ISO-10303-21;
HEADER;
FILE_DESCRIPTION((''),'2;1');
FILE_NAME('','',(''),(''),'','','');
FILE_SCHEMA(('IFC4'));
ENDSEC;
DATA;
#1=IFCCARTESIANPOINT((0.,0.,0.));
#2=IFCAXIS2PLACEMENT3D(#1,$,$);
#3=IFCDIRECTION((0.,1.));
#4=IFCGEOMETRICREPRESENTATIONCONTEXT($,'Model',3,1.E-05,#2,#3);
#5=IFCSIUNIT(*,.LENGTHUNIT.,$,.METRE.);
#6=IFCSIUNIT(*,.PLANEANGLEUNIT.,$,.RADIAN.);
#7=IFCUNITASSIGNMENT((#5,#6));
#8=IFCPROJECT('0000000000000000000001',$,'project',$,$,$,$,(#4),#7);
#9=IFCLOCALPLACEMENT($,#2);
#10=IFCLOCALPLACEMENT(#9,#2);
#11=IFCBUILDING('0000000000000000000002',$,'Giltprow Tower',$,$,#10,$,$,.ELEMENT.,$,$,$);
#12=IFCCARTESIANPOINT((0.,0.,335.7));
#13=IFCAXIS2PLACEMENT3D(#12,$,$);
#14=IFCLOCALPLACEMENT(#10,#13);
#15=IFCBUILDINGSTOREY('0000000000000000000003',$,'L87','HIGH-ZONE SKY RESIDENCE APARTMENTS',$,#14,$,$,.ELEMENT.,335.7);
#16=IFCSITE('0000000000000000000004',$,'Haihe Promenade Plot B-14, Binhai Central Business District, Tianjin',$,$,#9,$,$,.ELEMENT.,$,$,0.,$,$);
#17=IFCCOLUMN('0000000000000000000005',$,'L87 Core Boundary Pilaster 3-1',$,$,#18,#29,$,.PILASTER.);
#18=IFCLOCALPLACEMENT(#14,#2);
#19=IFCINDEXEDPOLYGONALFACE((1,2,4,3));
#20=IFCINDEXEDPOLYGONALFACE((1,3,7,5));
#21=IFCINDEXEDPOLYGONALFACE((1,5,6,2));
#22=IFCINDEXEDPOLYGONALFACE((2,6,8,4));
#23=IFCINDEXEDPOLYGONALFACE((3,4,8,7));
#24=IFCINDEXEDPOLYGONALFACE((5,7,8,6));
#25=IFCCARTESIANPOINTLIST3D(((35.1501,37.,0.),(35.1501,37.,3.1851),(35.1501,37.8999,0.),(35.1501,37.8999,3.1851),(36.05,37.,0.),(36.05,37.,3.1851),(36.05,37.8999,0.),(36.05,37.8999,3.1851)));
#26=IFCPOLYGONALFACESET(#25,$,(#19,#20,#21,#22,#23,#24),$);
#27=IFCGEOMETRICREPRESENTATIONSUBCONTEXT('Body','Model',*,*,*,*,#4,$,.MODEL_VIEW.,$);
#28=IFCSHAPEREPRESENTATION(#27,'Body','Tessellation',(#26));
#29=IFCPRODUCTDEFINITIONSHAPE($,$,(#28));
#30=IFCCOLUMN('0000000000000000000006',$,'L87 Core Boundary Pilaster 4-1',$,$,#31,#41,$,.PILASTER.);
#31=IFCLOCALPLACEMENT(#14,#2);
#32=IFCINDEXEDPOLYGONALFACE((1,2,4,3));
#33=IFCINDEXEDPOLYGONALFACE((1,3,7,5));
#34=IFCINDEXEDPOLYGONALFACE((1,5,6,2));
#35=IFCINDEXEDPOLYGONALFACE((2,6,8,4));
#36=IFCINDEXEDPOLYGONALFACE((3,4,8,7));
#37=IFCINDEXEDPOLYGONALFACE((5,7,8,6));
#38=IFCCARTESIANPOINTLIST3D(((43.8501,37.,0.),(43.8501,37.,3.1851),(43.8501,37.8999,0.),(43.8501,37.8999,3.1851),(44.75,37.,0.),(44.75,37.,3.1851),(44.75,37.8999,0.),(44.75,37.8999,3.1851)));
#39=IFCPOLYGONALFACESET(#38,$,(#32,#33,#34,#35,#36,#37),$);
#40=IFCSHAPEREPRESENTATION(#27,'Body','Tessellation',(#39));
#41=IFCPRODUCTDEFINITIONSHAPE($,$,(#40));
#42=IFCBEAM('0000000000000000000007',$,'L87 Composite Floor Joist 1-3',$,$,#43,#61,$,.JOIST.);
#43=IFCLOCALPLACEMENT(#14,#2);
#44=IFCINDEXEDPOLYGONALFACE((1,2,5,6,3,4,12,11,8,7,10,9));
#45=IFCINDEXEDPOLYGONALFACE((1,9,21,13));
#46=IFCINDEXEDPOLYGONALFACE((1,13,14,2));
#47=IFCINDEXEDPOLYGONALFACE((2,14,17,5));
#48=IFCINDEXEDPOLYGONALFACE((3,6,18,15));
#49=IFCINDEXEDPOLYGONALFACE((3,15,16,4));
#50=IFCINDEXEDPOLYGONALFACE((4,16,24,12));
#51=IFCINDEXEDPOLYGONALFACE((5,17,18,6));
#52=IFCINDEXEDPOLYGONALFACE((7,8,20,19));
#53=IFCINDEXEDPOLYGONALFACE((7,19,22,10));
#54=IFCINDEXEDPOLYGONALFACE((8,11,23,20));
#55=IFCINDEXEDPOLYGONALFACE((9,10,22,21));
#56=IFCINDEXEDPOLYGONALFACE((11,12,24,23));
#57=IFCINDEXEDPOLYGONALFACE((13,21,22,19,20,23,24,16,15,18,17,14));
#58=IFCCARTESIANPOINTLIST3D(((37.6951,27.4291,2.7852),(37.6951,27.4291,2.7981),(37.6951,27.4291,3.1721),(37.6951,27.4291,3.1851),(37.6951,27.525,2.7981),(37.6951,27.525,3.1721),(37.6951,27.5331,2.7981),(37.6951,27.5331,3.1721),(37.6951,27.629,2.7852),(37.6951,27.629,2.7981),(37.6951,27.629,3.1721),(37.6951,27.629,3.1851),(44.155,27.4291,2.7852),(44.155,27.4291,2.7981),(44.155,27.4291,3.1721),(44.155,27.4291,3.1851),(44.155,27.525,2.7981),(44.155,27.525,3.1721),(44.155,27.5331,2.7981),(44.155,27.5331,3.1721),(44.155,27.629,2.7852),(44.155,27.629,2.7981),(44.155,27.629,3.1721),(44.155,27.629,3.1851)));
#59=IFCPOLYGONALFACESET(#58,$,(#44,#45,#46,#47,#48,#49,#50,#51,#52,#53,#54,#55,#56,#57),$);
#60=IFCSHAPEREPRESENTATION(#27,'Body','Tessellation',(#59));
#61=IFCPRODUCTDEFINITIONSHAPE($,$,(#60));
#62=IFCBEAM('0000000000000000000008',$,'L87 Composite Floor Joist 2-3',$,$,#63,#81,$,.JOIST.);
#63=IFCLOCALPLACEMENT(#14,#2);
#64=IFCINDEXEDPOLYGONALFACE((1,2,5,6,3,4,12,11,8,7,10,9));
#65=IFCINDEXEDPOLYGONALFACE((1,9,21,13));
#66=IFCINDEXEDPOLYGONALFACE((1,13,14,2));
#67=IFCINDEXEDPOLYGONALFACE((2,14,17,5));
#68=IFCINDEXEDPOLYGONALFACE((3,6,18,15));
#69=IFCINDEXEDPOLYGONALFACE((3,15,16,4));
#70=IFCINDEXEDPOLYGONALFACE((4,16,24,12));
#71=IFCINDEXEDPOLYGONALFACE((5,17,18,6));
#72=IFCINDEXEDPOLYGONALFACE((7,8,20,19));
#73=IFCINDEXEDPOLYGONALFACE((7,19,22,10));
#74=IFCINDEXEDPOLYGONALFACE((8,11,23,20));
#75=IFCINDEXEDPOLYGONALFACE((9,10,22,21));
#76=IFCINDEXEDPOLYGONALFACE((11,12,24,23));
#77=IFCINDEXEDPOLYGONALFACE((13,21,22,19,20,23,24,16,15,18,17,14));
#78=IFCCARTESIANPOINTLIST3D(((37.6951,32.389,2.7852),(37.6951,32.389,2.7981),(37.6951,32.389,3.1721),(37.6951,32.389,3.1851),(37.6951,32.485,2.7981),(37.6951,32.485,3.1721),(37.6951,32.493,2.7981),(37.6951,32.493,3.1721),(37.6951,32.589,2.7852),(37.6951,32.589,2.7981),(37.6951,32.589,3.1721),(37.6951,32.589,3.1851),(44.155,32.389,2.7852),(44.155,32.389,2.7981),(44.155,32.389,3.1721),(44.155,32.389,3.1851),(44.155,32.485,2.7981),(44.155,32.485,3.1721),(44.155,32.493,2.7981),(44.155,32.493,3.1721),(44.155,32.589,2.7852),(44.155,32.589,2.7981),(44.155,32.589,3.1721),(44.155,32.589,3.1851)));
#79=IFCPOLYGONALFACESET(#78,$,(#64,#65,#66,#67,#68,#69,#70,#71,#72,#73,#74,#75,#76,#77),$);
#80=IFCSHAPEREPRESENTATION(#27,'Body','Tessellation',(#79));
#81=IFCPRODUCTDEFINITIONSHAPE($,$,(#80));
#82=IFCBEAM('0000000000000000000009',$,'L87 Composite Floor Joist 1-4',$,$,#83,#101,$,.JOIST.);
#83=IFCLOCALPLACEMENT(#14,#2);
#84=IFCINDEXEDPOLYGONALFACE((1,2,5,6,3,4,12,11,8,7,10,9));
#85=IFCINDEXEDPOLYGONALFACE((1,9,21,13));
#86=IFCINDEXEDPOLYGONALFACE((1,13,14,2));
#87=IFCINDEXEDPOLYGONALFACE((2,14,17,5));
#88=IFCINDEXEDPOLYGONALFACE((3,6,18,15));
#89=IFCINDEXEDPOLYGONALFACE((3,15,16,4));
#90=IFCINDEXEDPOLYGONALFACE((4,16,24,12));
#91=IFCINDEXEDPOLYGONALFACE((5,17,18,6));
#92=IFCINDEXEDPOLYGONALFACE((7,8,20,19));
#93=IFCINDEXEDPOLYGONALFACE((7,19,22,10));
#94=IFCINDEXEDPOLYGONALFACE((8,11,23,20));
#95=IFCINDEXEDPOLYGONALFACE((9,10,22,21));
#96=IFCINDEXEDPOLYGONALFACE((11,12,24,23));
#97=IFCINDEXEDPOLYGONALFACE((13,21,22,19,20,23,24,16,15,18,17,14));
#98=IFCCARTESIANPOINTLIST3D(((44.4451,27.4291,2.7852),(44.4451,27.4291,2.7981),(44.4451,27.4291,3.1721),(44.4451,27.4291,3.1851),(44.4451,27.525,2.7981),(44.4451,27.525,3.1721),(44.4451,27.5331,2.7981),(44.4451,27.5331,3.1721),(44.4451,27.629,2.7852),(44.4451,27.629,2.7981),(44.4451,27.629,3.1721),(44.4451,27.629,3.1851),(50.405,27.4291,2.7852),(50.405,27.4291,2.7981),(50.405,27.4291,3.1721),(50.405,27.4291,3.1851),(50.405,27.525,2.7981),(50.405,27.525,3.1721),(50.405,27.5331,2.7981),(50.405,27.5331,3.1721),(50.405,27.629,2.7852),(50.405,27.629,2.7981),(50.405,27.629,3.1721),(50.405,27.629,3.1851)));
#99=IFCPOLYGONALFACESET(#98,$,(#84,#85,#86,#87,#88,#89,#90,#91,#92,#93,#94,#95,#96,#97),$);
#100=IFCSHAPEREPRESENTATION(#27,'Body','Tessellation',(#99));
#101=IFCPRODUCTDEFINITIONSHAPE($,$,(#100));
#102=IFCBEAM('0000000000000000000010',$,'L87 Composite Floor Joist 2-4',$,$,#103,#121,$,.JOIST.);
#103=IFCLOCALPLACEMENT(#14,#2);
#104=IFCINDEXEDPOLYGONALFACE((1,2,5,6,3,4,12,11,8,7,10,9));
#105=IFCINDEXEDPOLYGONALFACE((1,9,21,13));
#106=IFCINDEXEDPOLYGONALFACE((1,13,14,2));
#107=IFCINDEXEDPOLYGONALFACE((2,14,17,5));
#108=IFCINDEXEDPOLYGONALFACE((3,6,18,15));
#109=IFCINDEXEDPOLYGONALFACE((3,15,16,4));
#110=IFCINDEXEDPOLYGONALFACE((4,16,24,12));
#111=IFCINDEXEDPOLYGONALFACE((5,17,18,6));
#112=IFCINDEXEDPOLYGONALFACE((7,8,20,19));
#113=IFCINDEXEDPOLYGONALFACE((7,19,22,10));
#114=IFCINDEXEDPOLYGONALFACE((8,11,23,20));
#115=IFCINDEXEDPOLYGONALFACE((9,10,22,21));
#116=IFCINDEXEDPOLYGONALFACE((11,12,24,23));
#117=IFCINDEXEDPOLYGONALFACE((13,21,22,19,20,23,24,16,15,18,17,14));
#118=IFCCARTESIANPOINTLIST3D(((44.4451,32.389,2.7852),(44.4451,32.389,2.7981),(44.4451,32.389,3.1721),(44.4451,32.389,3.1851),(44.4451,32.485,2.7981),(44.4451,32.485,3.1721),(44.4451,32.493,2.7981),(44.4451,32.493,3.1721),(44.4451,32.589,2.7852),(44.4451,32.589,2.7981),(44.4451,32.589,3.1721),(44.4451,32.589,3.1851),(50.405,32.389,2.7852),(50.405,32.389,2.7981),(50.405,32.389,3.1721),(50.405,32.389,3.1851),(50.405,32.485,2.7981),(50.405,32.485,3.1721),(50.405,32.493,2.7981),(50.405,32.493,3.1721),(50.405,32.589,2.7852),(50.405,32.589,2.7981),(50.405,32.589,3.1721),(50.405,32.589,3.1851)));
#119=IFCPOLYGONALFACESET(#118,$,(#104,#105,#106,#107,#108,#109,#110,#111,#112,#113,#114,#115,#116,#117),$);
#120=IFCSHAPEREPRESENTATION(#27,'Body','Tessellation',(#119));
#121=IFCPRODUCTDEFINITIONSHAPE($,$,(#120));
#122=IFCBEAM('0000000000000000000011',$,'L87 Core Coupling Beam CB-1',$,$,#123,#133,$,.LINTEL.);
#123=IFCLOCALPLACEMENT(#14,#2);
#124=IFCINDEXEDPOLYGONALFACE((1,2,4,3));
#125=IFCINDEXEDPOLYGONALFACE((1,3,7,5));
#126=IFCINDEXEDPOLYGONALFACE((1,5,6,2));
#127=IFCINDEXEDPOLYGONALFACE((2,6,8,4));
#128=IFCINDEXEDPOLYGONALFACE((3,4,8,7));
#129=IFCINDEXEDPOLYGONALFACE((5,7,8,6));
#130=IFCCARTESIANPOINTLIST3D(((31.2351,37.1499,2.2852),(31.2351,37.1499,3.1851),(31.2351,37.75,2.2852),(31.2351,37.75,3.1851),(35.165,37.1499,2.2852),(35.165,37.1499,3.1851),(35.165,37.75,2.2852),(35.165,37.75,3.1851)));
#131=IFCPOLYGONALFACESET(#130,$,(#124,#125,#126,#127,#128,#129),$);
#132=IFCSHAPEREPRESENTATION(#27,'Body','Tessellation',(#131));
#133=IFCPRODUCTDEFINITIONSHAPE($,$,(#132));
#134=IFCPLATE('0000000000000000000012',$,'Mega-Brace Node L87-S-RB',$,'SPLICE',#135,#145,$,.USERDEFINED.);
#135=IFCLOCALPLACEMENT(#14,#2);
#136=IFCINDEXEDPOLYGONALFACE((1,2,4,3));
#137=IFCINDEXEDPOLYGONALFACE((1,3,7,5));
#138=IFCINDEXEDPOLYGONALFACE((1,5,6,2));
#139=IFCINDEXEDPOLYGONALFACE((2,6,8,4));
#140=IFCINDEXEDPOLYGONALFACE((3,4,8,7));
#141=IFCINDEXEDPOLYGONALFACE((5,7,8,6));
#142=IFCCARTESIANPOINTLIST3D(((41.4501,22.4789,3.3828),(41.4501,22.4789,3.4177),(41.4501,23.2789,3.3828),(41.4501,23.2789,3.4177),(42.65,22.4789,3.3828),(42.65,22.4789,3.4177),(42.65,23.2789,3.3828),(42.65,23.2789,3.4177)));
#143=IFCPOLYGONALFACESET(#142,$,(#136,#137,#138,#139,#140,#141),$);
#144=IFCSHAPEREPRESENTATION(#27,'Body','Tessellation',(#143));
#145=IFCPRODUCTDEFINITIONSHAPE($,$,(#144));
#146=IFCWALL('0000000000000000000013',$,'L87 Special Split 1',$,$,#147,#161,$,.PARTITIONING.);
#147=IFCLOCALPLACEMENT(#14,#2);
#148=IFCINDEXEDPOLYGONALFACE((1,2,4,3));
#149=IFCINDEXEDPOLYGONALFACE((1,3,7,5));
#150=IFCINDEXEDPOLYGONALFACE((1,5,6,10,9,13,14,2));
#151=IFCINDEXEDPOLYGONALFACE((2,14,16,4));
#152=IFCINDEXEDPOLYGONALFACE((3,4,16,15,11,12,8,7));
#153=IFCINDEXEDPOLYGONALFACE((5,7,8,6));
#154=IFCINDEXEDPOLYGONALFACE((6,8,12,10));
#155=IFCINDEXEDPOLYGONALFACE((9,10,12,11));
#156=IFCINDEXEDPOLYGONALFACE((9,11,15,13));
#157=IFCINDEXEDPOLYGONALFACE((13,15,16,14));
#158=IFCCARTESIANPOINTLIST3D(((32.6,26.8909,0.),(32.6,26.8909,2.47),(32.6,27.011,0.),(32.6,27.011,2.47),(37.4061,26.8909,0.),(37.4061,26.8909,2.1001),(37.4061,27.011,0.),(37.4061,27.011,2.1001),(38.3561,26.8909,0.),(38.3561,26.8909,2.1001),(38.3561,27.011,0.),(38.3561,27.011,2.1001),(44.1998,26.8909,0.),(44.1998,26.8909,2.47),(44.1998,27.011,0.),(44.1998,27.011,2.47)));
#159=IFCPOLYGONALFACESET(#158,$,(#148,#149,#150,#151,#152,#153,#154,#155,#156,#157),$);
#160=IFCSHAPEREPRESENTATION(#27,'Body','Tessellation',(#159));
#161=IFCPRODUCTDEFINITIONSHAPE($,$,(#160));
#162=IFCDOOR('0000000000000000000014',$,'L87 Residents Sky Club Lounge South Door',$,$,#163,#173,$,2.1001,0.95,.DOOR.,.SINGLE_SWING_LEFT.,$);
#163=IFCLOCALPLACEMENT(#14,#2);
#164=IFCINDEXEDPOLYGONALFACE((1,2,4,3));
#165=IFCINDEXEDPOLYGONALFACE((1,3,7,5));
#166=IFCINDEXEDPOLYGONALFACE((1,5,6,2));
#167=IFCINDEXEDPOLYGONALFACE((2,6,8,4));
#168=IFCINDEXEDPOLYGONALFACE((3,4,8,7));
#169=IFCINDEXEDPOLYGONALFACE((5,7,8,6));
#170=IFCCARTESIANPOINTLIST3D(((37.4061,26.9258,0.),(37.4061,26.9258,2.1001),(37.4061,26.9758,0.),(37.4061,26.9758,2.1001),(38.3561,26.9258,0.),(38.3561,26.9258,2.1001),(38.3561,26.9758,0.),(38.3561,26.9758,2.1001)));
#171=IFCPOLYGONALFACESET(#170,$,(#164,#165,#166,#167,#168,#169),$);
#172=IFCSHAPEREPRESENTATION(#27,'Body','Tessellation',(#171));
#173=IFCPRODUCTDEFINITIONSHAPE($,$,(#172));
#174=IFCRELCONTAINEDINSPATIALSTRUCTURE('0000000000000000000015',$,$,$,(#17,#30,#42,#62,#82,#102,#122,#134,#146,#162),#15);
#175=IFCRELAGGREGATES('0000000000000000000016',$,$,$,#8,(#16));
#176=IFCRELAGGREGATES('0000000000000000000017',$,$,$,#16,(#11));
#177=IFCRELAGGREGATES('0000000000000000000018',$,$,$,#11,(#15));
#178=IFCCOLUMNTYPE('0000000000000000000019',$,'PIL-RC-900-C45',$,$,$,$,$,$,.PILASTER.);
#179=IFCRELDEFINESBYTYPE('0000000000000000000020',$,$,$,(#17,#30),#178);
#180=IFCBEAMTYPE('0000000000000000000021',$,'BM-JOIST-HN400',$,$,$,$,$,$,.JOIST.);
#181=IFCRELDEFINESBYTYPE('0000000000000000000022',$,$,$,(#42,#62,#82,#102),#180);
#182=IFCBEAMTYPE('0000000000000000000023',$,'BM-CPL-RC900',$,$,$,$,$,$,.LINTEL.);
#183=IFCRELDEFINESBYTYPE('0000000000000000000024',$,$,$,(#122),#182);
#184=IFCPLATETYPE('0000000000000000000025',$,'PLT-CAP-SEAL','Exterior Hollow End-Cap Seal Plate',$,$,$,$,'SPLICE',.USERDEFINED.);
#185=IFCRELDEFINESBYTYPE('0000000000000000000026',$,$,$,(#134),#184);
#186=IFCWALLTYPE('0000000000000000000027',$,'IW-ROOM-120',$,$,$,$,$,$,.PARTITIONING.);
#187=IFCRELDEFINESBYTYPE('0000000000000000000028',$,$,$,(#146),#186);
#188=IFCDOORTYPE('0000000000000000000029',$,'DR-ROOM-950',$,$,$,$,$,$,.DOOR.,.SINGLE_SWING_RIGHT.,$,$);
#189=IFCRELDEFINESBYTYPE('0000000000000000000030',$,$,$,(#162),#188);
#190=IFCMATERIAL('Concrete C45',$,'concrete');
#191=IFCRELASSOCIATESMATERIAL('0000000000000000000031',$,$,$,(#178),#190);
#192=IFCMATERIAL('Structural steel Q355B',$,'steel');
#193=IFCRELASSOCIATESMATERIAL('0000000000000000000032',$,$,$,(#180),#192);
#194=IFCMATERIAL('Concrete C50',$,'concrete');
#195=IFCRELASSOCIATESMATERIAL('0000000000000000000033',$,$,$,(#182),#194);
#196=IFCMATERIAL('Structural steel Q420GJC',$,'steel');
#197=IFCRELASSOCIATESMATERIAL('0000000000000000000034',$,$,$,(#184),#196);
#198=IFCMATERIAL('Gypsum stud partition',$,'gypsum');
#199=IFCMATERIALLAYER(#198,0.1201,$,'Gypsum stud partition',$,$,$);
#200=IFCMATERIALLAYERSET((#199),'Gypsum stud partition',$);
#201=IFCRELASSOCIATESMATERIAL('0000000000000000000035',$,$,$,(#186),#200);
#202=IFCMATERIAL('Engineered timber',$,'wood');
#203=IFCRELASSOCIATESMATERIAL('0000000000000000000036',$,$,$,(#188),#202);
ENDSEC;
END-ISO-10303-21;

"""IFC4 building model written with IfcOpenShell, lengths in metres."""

from ifc_helpers import new_model, si_unit, direction, frame, frame_2d, origin, origin_2d, place, context, subcontext, project, spatial, rectangle, i_section, extrude, source, transform, mapped, material, layer, layer_set, material_profile, profile_set, type_object, element, fill, save


model = new_model("IFC4")

# Units and contexts
model_context = context("Model", 3, precision=1e-05, world=origin(), true_north=direction((0.0, 1.0)))
body_context = subcontext(model_context, "Body", "Model", "MODEL_VIEW")
ifc_project = project(units=[si_unit("LENGTHUNIT", "METRE"), si_unit("PLANEANGLEUNIT", "RADIAN")], contexts=[model_context])

# Site, building, storey
site_placement = place(None, origin())
site = spatial("IfcSite", under=ifc_project, at=site_placement, Name="Haihe Promenade Plot B-14, Binhai Central Business District, Tianjin", CompositionType="ELEMENT", RefElevation=0.0)
building_placement = place(site_placement, origin())
building = spatial("IfcBuilding", under=site, at=building_placement, Name="Giltprow Tower", CompositionType="ELEMENT")
storey_placement = place(building_placement, frame((0.0, 0.0, 335.7)))
storey = spatial("IfcBuildingStorey", under=building, at=storey_placement, Name="L87", Description="HIGH-ZONE SKY RESIDENCE APARTMENTS", CompositionType="ELEMENT", Elevation=335.7)

# Columns
ifc_material_1 = material(Name="Concrete C45", Category="concrete")
ifc_material_profile_1 = material_profile(ifc_material_1, rectangle(XDim=0.8999, YDim=0.8999, at=origin_2d()), Name="RC 900x900")
ifc_profile_set_1 = profile_set([ifc_material_profile_1], Name="Concrete C45")
column_type = type_object("IfcColumnType", Name="PIL-RC-900-C45", PredefinedType="PILASTER", material=ifc_profile_set_1)
shared_shape_1 = source(origin(), body_context, "Body", "SweptSolid", [
    extrude(rectangle(XDim=0.8999, YDim=0.8999, at=origin_2d()), origin(), (0.0, 0.0, 1.0), 3.1851),
])
for number, where, z_axis, x_axis, name in (
    (1, (35.6001, 37.45, 0.0), (0.0, 0.0, 1.0), (1.0, 0.0, 0.0), "L87 Core Boundary Pilaster 3-1"),
    (2, (44.3, 37.45, 0.0), (0.0, 0.0, 1.0), (1.0, 0.0, 0.0), "L87 Core Boundary Pilaster 4-1"),
):
    element("IfcColumn", number, at=place(storey_placement, frame(where, z_axis=z_axis, x_axis=x_axis)), inside=storey, type_object=column_type, Name=name, PredefinedType="PILASTER", context=body_context, shape_type="MappedRepresentation", body=[
        mapped(shared_shape_1, transform((0.0, 0.0, 0.0), x_axis=(1.0, 0.0, 0.0), y_axis=(0.0, 1.0, 0.0), z_axis=(0.0, 0.0, 1.0), scale=1.0)),
    ])

# Beams
ifc_material_2 = material(Name="Structural steel Q355B", Category="steel")
ifc_material_profile_2 = material_profile(ifc_material_2, i_section(OverallWidth=0.2, OverallDepth=0.3999, WebThickness=0.0081, FlangeThickness=0.0129, at=origin_2d()), Name="HN 400x200x8x13")
ifc_profile_set_2 = profile_set([ifc_material_profile_2], Name="Structural steel Q355B")
beam_type_1 = type_object("IfcBeamType", Name="BM-JOIST-HN400", PredefinedType="JOIST", material=ifc_profile_set_2)
shared_shape_2 = source(origin(), body_context, "Body", "SweptSolid", [
    extrude(i_section(OverallWidth=0.2, OverallDepth=0.3999, WebThickness=0.0081, FlangeThickness=0.0129, at=origin_2d()), origin(), (0.0, 0.0, 1.0), 6.46),
])
for number, where, z_axis, x_axis, name in (
    (3, (37.6951, 27.5291, 2.9851), (1.0, 0.0, 0.0), (0.0, 1.0, 0.0), "L87 Composite Floor Joist 1-3"),
    (4, (37.6951, 32.489, 2.9851), (1.0, 0.0, 0.0), (0.0, 1.0, 0.0), "L87 Composite Floor Joist 2-3"),
):
    element("IfcBeam", number, at=place(storey_placement, frame(where, z_axis=z_axis, x_axis=x_axis)), inside=storey, type_object=beam_type_1, Name=name, PredefinedType="JOIST", context=body_context, shape_type="MappedRepresentation", body=[
        mapped(shared_shape_2, transform((0.0, 0.0, 0.0), x_axis=(1.0, 0.0, 0.0), y_axis=(0.0, 1.0, 0.0), z_axis=(0.0, 0.0, 1.0), scale=1.0)),
    ])
shared_shape_3 = source(origin(), body_context, "Body", "SweptSolid", [
    extrude(i_section(OverallWidth=0.2, OverallDepth=0.3999, WebThickness=0.0081, FlangeThickness=0.0129, at=origin_2d()), origin(), (0.0, 0.0, 1.0), 5.96),
])
for number, where, z_axis, x_axis, name in (
    (5, (44.4451, 27.5291, 2.9851), (1.0, 0.0, 0.0), (0.0, 1.0, 0.0), "L87 Composite Floor Joist 1-4"),
    (6, (44.4451, 32.489, 2.9851), (1.0, 0.0, 0.0), (0.0, 1.0, 0.0), "L87 Composite Floor Joist 2-4"),
):
    element("IfcBeam", number, at=place(storey_placement, frame(where, z_axis=z_axis, x_axis=x_axis)), inside=storey, type_object=beam_type_1, Name=name, PredefinedType="JOIST", context=body_context, shape_type="MappedRepresentation", body=[
        mapped(shared_shape_3, transform((0.0, 0.0, 0.0), x_axis=(1.0, 0.0, 0.0), y_axis=(0.0, 1.0, 0.0), z_axis=(0.0, 0.0, 1.0), scale=1.0)),
    ])
ifc_material_3 = material(Name="Concrete C50", Category="concrete")
ifc_material_profile_3 = material_profile(ifc_material_3, rectangle(XDim=0.6001, YDim=0.8999, at=origin_2d()), Name="RC 900x600")
ifc_profile_set_3 = profile_set([ifc_material_profile_3], Name="Concrete C50")
beam_type_2 = type_object("IfcBeamType", Name="BM-CPL-RC900", PredefinedType="LINTEL", material=ifc_profile_set_3)
shared_shape_4 = source(origin(), body_context, "Body", "SweptSolid", [
    extrude(rectangle(XDim=0.6001, YDim=0.8999, at=origin_2d()), origin(), (0.0, 0.0, 1.0), 3.9299),
])
beam_placement = place(storey_placement, frame((31.2351, 37.45, 2.7351), z_axis=(1.0, 0.0, 0.0), x_axis=(0.0, 1.0, 0.0)))
element("IfcBeam", 7, at=beam_placement, inside=storey, type_object=beam_type_2, Name="L87 Core Coupling Beam CB-1", PredefinedType="LINTEL", context=body_context, shape_type="MappedRepresentation", body=[
    mapped(shared_shape_4, transform((0.0, 0.0, 0.0), x_axis=(1.0, 0.0, 0.0), y_axis=(0.0, 1.0, 0.0), z_axis=(0.0, 0.0, 1.0), scale=1.0)),
])

# Plate
ifc_material_4 = material(Name="Structural steel Q420GJC", Category="steel")
plate_type = type_object("IfcPlateType", Name="PLT-CAP-SEAL", Description="Exterior Hollow End-Cap Seal Plate", ElementType="SPLICE", PredefinedType="USERDEFINED", material=ifc_material_4)
shared_shape_5 = source(origin(), body_context, "Body", "SweptSolid", [
    extrude(rectangle(XDim=1.2, YDim=0.8, at=origin_2d()), origin(), (0.0, 0.0, 1.0), 0.0349),
])
plate_placement = place(storey_placement, frame((42.05, 22.8789, 3.3828), z_axis=(0.0, 0.0, 1.0), x_axis=(1.0, 0.0, 0.0)))
element("IfcPlate", 8, at=plate_placement, inside=storey, type_object=plate_type, Name="Mega-Brace Node L87-S-RB", ObjectType="SPLICE", PredefinedType="USERDEFINED", context=body_context, shape_type="MappedRepresentation", body=[
    mapped(shared_shape_5, transform((0.0, 0.0, 0.0), x_axis=(1.0, 0.0, 0.0), y_axis=(0.0, 1.0, 0.0), z_axis=(0.0, 0.0, 1.0), scale=1.0)),
])

# Wall, opening, door
ifc_material_5 = material(Name="Gypsum stud partition", Category="gypsum")
ifc_layer_1 = layer(ifc_material_5, 0.1201, Name="Gypsum stud partition")
ifc_layer_set_1 = layer_set([ifc_layer_1], Name="Gypsum stud partition")
wall_type_1 = type_object("IfcWallType", Name="IW-ROOM-120", PredefinedType="PARTITIONING", material=ifc_layer_set_1)
wall_1_placement = place(storey_placement, frame((32.6001, 26.9509, 0.0), z_axis=(0.0, 0.0, 1.0), x_axis=(1.0, 0.0, 0.0)))
wall_1 = element("IfcWall", 9, at=wall_1_placement, inside=storey, type_object=wall_type_1, Name="L87 Special Split 1", PredefinedType="PARTITIONING", context=body_context, shape_type="SweptSolid", body=[
    extrude(rectangle(XDim=11.5999, YDim=0.1201, at=frame_2d((5.7998, 0.0))), origin(), (0.0, 0.0, 1.0), 2.47),
])
opening_1_placement = place(wall_1_placement, frame((4.8059, 0.0, 0.0)))
opening_1 = element("IfcOpeningElement", 10, at=opening_1_placement, cuts=wall_1, PredefinedType="OPENING", context=body_context, shape_type="SweptSolid", body=[
    extrude(rectangle(XDim=0.95, YDim=2.1001, at=frame_2d((0.4751, 1.05))), frame((0.0, 0.0701, 0.0), z_axis=(0.0, -1.0, 0.0), x_axis=(1.0, 0.0, 0.0)), (0.0, 0.0, 1.0), 0.1401),
])
ifc_material_6 = material(Name="Engineered timber", Category="wood")
door_type = type_object("IfcDoorType", Name="DR-ROOM-950", OperationType="SINGLE_SWING_RIGHT", PredefinedType="DOOR", material=ifc_material_6)
shared_shape_6 = source(origin(), body_context, "Body", "SweptSolid", [
    extrude(rectangle(XDim=0.95, YDim=2.1001, at=frame_2d((0.4751, 1.05))), frame((0.0, 0.0249, 0.0), z_axis=(0.0, -1.0, 0.0), x_axis=(1.0, 0.0, 0.0)), (0.0, 0.0, 1.0), 0.05),
])
door_1_placement = place(opening_1_placement, origin())
door_1 = element("IfcDoor", 11, at=door_1_placement, inside=storey, type_object=door_type, Name="L87 Residents Sky Club Lounge South Door", OperationType="SINGLE_SWING_LEFT", OverallHeight=2.1001, OverallWidth=0.95, PredefinedType="DOOR", context=body_context, shape_type="MappedRepresentation", body=[
    mapped(shared_shape_6, transform((0.0, 0.0, 0.0), x_axis=(1.0, 0.0, 0.0), y_axis=(0.0, 1.0, 0.0), z_axis=(0.0, 0.0, 1.0), scale=1.0)),
])
fill(opening_1, door_1)

save(model, "model.ifc")
